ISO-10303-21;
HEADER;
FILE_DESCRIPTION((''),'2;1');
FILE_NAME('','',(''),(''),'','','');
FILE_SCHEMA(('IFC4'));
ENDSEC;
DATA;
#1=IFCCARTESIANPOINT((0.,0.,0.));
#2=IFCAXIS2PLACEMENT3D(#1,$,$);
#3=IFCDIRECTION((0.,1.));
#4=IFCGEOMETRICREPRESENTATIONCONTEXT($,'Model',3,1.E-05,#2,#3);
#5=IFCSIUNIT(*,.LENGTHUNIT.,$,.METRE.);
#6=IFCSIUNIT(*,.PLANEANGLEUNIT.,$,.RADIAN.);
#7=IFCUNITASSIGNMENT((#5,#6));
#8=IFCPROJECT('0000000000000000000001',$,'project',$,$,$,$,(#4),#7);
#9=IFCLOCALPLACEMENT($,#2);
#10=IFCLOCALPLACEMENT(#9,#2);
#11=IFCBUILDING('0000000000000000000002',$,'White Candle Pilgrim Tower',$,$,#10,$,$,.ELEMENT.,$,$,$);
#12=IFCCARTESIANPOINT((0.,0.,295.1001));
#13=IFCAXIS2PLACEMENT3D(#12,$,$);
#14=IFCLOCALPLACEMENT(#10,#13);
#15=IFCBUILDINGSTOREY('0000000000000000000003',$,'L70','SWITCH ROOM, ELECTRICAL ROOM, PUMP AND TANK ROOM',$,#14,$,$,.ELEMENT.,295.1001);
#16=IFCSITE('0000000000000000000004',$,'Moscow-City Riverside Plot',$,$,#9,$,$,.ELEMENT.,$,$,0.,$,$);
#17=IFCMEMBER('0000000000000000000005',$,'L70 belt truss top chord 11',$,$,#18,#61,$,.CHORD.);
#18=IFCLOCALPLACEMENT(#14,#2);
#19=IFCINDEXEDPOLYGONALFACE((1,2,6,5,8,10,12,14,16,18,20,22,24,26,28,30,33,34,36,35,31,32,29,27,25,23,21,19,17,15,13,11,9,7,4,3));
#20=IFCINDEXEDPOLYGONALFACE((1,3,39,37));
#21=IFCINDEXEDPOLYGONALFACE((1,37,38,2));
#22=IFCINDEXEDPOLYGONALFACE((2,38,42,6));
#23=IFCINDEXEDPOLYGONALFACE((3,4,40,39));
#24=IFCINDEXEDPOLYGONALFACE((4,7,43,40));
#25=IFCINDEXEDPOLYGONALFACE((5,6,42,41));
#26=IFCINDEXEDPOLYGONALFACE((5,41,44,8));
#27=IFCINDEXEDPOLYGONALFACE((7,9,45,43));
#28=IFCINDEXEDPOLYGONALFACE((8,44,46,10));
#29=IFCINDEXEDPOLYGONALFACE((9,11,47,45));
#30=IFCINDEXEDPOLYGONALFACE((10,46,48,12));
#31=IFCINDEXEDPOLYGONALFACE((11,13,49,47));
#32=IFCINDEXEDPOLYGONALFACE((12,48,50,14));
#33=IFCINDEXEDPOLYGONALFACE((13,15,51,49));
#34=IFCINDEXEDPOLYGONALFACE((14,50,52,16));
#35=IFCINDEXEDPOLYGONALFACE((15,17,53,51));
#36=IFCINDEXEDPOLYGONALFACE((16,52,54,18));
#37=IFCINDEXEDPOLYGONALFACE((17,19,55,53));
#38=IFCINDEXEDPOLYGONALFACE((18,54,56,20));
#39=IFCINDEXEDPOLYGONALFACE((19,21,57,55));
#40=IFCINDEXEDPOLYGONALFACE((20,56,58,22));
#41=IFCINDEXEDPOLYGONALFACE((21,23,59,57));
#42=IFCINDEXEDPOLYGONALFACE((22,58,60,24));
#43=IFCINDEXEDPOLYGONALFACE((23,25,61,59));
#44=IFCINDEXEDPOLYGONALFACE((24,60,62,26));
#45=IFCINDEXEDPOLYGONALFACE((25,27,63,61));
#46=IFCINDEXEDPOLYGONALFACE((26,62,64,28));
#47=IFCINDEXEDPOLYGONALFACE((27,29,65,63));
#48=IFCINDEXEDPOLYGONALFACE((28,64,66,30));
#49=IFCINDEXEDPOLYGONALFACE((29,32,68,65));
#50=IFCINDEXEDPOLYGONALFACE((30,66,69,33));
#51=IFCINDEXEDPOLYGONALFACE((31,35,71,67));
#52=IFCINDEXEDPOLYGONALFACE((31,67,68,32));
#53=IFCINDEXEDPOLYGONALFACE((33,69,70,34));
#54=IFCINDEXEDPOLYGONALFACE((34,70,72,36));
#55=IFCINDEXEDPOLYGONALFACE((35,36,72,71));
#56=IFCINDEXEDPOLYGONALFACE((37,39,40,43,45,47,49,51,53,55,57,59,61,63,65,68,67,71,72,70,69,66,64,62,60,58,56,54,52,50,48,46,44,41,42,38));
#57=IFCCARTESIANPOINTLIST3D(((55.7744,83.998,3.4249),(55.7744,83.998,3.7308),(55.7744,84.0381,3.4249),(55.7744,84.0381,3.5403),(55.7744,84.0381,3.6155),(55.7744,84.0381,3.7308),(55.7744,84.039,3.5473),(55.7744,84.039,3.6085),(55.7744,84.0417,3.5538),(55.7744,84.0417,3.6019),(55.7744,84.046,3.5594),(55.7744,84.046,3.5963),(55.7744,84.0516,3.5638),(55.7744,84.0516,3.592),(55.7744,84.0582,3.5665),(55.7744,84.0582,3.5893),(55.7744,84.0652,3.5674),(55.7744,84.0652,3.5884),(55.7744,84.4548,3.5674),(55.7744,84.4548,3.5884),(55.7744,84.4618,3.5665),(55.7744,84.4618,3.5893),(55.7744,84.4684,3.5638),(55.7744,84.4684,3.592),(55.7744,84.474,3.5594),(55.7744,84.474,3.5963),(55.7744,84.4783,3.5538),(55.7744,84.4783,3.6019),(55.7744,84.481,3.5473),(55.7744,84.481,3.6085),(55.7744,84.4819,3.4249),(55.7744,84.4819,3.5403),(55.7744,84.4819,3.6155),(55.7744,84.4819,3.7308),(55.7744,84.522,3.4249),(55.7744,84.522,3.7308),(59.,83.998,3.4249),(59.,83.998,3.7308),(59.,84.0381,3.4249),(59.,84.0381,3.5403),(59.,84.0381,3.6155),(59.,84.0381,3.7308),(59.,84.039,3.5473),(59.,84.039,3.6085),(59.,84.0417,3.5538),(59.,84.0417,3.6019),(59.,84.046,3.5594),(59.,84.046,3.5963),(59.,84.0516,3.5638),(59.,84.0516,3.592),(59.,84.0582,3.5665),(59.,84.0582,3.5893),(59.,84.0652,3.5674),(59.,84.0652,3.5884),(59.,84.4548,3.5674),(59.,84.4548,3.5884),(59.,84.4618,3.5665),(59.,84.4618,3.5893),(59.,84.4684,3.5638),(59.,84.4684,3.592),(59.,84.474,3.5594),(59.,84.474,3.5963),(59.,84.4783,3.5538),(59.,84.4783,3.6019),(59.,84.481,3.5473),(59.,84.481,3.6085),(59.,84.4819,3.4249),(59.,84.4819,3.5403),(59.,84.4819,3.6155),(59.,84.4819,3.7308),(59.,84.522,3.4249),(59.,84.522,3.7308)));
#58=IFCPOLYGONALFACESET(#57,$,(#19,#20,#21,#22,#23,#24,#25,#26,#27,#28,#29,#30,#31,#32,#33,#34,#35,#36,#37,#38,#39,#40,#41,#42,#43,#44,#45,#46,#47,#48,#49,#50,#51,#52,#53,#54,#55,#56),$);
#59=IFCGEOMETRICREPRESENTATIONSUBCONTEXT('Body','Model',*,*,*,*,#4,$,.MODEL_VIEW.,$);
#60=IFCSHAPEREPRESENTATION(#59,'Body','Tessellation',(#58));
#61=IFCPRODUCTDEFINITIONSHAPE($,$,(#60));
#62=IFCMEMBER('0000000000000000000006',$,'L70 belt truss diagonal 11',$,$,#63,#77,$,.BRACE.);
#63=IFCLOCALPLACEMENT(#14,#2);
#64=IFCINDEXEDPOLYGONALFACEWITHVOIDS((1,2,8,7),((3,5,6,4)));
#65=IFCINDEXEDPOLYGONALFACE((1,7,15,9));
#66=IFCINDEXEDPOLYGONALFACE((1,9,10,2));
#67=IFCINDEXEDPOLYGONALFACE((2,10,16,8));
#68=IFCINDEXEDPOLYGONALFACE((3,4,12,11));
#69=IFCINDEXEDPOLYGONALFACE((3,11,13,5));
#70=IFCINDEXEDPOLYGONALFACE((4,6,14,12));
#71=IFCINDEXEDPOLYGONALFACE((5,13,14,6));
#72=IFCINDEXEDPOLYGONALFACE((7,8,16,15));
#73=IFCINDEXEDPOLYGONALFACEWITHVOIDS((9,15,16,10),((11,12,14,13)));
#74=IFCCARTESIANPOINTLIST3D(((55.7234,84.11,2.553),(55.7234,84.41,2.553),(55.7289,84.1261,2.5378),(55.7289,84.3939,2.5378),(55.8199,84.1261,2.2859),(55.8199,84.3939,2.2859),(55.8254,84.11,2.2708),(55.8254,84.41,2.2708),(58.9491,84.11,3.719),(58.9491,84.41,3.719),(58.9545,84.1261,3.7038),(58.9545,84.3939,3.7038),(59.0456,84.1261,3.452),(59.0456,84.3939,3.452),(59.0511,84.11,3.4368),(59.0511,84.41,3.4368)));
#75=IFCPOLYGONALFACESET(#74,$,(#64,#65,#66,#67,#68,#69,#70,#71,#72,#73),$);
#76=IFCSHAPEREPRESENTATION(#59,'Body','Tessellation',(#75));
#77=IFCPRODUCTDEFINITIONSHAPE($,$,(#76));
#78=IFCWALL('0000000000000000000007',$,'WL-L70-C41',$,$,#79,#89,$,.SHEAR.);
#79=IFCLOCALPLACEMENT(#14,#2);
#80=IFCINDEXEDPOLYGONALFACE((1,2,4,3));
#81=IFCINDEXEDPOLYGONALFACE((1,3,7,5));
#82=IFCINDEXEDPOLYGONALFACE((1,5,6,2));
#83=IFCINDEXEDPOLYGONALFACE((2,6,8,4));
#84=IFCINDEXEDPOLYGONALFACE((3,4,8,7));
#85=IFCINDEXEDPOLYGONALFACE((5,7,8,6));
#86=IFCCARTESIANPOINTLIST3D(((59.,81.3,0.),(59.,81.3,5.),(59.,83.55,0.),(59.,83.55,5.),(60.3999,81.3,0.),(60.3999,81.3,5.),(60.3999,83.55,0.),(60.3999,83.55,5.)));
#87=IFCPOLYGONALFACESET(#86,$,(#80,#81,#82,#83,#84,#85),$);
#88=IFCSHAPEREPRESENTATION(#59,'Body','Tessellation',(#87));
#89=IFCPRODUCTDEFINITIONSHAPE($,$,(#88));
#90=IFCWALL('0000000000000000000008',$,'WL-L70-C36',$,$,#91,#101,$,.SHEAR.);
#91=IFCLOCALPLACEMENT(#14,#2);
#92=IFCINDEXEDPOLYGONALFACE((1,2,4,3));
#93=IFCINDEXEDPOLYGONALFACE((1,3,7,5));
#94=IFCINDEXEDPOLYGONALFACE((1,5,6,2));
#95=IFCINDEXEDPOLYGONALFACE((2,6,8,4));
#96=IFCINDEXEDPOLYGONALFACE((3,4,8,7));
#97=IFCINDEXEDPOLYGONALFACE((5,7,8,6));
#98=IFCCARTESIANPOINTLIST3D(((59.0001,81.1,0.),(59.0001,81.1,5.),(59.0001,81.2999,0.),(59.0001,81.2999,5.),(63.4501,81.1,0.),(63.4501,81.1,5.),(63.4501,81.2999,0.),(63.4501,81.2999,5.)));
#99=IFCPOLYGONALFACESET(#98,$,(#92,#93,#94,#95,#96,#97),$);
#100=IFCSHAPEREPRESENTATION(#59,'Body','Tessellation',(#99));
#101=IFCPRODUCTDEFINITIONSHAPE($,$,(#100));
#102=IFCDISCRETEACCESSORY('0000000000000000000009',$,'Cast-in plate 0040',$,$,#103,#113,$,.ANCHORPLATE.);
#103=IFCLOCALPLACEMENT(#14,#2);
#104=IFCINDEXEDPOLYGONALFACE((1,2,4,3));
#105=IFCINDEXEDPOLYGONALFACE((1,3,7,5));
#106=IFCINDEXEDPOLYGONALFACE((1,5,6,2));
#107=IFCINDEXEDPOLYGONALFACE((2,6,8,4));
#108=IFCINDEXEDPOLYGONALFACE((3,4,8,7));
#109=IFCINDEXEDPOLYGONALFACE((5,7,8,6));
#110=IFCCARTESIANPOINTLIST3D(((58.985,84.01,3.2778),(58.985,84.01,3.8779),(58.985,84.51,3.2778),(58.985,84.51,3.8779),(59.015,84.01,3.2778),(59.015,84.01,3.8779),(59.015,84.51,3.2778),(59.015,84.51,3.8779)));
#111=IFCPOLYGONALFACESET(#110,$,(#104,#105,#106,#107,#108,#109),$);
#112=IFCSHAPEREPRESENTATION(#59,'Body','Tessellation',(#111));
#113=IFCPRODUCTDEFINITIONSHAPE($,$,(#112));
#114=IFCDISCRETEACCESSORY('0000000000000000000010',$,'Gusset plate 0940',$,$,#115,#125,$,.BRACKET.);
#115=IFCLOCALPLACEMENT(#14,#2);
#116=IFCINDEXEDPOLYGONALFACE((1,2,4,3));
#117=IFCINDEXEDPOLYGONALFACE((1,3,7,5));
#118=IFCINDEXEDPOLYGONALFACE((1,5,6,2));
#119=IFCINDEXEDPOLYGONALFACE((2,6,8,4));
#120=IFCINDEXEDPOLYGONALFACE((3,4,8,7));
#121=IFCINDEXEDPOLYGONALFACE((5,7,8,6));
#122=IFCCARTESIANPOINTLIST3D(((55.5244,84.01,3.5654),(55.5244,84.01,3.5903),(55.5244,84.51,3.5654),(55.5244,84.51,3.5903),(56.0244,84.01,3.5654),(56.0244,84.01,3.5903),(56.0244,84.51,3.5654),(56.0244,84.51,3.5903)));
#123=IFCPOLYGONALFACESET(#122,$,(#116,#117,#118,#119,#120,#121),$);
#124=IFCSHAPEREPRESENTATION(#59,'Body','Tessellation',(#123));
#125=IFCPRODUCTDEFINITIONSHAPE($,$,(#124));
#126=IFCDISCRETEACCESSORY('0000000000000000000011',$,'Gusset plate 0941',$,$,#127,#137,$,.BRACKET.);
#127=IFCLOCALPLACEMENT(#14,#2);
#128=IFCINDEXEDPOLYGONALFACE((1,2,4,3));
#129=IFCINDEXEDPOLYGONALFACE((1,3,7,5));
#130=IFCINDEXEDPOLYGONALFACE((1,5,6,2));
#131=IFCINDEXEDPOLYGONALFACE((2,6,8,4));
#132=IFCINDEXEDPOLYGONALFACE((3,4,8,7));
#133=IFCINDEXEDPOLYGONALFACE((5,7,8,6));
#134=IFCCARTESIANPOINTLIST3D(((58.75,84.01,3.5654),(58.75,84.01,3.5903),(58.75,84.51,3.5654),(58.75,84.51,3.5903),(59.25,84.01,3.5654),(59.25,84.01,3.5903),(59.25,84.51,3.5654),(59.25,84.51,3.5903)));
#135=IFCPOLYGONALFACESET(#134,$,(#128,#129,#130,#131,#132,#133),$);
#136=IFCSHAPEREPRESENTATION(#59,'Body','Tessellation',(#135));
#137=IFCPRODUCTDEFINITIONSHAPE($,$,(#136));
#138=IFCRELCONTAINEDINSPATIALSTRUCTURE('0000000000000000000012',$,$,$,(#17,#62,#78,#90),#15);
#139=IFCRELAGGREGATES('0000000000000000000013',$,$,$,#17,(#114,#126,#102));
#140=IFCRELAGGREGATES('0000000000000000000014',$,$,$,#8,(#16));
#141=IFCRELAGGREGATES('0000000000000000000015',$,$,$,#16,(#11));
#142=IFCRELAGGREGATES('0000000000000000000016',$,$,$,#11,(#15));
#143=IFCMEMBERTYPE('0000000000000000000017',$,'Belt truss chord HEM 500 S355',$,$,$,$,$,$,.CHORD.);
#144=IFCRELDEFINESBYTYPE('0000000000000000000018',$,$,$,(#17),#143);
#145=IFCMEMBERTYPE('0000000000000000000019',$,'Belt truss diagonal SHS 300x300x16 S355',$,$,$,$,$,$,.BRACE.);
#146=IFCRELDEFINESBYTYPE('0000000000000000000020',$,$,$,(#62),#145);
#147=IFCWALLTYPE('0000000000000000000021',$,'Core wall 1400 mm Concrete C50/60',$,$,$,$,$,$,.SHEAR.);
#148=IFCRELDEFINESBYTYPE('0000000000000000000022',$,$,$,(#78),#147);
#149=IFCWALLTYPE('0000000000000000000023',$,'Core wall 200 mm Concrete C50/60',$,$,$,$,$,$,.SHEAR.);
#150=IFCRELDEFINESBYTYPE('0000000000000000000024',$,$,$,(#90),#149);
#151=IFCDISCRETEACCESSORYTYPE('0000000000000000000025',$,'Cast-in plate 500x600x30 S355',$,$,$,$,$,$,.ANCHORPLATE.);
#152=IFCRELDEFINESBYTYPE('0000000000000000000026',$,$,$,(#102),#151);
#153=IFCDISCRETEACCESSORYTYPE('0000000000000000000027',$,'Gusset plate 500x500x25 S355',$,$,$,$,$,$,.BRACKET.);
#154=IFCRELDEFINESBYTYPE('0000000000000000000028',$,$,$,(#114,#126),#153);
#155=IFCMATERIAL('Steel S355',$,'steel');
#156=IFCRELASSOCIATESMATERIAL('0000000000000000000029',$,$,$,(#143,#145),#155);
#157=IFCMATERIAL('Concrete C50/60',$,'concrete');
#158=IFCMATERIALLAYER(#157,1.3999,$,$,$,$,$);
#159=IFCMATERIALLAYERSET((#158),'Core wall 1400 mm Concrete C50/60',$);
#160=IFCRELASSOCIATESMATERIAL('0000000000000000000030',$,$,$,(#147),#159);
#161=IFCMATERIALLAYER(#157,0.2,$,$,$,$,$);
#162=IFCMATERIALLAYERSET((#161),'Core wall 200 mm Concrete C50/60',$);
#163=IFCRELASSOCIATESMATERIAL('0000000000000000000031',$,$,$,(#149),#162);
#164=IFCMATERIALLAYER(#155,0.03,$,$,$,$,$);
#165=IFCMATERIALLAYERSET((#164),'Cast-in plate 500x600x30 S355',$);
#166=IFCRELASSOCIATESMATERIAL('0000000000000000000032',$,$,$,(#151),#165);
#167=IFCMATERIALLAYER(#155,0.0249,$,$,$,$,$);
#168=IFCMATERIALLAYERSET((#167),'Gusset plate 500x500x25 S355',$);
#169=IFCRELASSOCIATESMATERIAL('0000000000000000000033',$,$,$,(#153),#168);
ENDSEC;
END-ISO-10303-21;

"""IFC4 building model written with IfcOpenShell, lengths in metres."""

from ifc_helpers import new_model, si_unit, direction, frame, frame_2d, origin, origin_2d, place, context, subcontext, project, spatial, rectangle, hollow_rectangle, i_section, extrude, material, layer, layer_set, material_profile, profile_set, type_object, element, aggregate, save


model = new_model("IFC4")

# Units and contexts
model_context = context("Model", 3, precision=1e-05, world=origin(), true_north=direction((0.0, 1.0)))
body_context = subcontext(model_context, "Body", "Model", "MODEL_VIEW")
ifc_project = project(units=[si_unit("LENGTHUNIT", "METRE"), si_unit("PLANEANGLEUNIT", "RADIAN")], contexts=[model_context])

# Site, building, storey
site_placement = place(None, origin())
site = spatial("IfcSite", under=ifc_project, at=site_placement, Name="Moscow-City Riverside Plot", CompositionType="ELEMENT", RefElevation=0.0)
building_placement = place(site_placement, origin())
building = spatial("IfcBuilding", under=site, at=building_placement, Name="White Candle Pilgrim Tower", CompositionType="ELEMENT")
storey_placement = place(building_placement, frame((0.0, 0.0, 295.1001)))
storey = spatial("IfcBuildingStorey", under=building, at=storey_placement, Name="L70", Description="SWITCH ROOM, ELECTRICAL ROOM, PUMP AND TANK ROOM", CompositionType="ELEMENT", Elevation=295.1001)

# Members
ifc_material_1 = material(Name="Steel S355", Category="steel")
ifc_material_profile_1 = material_profile(ifc_material_1, i_section(OverallWidth=0.3059, OverallDepth=0.5239, WebThickness=0.021, FlangeThickness=0.04, FilletRadius=0.0271, at=origin_2d()), Name="HEM 500")
ifc_profile_set_1 = profile_set([ifc_material_profile_1], Name="Steel S355")
member_type_1 = type_object("IfcMemberType", Name="Belt truss chord HEM 500 S355", PredefinedType="CHORD", material=ifc_profile_set_1)
member_1_placement = place(storey_placement, frame((55.7744, 84.26, 3.5779), z_axis=(1.0, 0.0, 0.0), x_axis=(0.0, 0.0, 1.0)))
member_1 = element("IfcMember", 1, at=member_1_placement, inside=storey, type_object=member_type_1, Name="L70 belt truss top chord 11", PredefinedType="CHORD", context=body_context, shape_type="SweptSolid", body=[
    extrude(i_section(OverallWidth=0.3059, OverallDepth=0.5239, WebThickness=0.021, FlangeThickness=0.04, FilletRadius=0.0271, at=origin_2d()), origin(), (0.0, 0.0, 1.0), 3.2256),
])
ifc_material_profile_2 = material_profile(ifc_material_1, hollow_rectangle(XDim=0.3, YDim=0.3, WallThickness=0.0161, at=origin_2d()), Name="SHS 300x300x16")
ifc_profile_set_2 = profile_set([ifc_material_profile_2], Name="Steel S355")
member_type_2 = type_object("IfcMemberType", Name="Belt truss diagonal SHS 300x300x16 S355", PredefinedType="BRACE", material=ifc_profile_set_2)
member_2_placement = place(storey_placement, frame((55.7744, 84.26, 2.4119), z_axis=(0.94044, 0.0, 0.339959), x_axis=(0.0, 1.0, 0.0)))
element("IfcMember", 2, at=member_2_placement, inside=storey, type_object=member_type_2, Name="L70 belt truss diagonal 11", PredefinedType="BRACE", context=body_context, shape_type="SweptSolid", body=[
    extrude(hollow_rectangle(XDim=0.3, YDim=0.3, WallThickness=0.0161, at=origin_2d()), origin(), (0.0, 0.0, 1.0), 3.4299),
])

# Walls
ifc_material_2 = material(Name="Concrete C50/60", Category="concrete")
ifc_layer_1 = layer(ifc_material_2, 1.3999)
ifc_layer_set_1 = layer_set([ifc_layer_1], Name="Core wall 1400 mm Concrete C50/60")
wall_type_1 = type_object("IfcWallType", Name="Core wall 1400 mm Concrete C50/60", PredefinedType="SHEAR", material=ifc_layer_set_1)
wall_1_placement = place(storey_placement, frame((59.7, 81.3, 0.0), z_axis=(0.0, 0.0, 1.0), x_axis=(0.0, 1.0, 0.0)))
element("IfcWall", 3, at=wall_1_placement, inside=storey, type_object=wall_type_1, Name="WL-L70-C41", PredefinedType="SHEAR", context=body_context, shape_type="SweptSolid", body=[
    extrude(rectangle(XDim=2.25, YDim=1.3999, at=frame_2d((1.125, 0.0))), origin(), (0.0, 0.0, 1.0), 5.0),
])
ifc_layer_2 = layer(ifc_material_2, 0.2)
ifc_layer_set_2 = layer_set([ifc_layer_2], Name="Core wall 200 mm Concrete C50/60")
wall_type_2 = type_object("IfcWallType", Name="Core wall 200 mm Concrete C50/60", PredefinedType="SHEAR", material=ifc_layer_set_2)
wall_2_placement = place(storey_placement, frame((59.0, 81.2, 0.0), z_axis=(0.0, 0.0, 1.0), x_axis=(1.0, 0.0, 0.0)))
element("IfcWall", 4, at=wall_2_placement, inside=storey, type_object=wall_type_2, Name="WL-L70-C36", PredefinedType="SHEAR", context=body_context, shape_type="SweptSolid", body=[
    extrude(rectangle(XDim=4.45, YDim=0.2, at=frame_2d((2.2251, 0.0))), origin(), (0.0, 0.0, 1.0), 5.0),
])

# Discrete accessories
ifc_layer_3 = layer(ifc_material_1, 0.03)
ifc_layer_set_3 = layer_set([ifc_layer_3], Name="Cast-in plate 500x600x30 S355")
discrete_accessory_type_1 = type_object("IfcDiscreteAccessoryType", Name="Cast-in plate 500x600x30 S355", PredefinedType="ANCHORPLATE", material=ifc_layer_set_3)
discrete_accessory_1_placement = place(storey_placement, frame((59.0, 84.26, 3.2778), z_axis=(0.0, 0.0, 1.0), x_axis=(-1.0, 0.0, 0.0)))
discrete_accessory_1 = element("IfcDiscreteAccessory", 5, at=discrete_accessory_1_placement, type_object=discrete_accessory_type_1, Name="Cast-in plate 0040", PredefinedType="ANCHORPLATE", context=body_context, shape_type="SweptSolid", body=[
    extrude(rectangle(XDim=0.03, YDim=0.5, at=origin_2d()), origin(), (0.0, 0.0, 1.0), 0.6001),
])
ifc_layer_4 = layer(ifc_material_1, 0.0249)
ifc_layer_set_4 = layer_set([ifc_layer_4], Name="Gusset plate 500x500x25 S355")
discrete_accessory_type_2 = type_object("IfcDiscreteAccessoryType", Name="Gusset plate 500x500x25 S355", PredefinedType="BRACKET", material=ifc_layer_set_4)
discrete_accessory_2_placement = place(storey_placement, frame((55.7744, 84.26, 3.5654), z_axis=(0.0, 0.0, 1.0), x_axis=(1.0, 0.0, 0.0)))
discrete_accessory_2 = element("IfcDiscreteAccessory", 6, at=discrete_accessory_2_placement, type_object=discrete_accessory_type_2, Name="Gusset plate 0940", PredefinedType="BRACKET", context=body_context, shape_type="SweptSolid", body=[
    extrude(rectangle(XDim=0.5, YDim=0.5, at=origin_2d()), origin(), (0.0, 0.0, 1.0), 0.0249),
])
discrete_accessory_3_placement = place(storey_placement, frame((59.0, 84.26, 3.5654), z_axis=(0.0, 0.0, 1.0), x_axis=(1.0, 0.0, 0.0)))
discrete_accessory_3 = element("IfcDiscreteAccessory", 7, at=discrete_accessory_3_placement, type_object=discrete_accessory_type_2, Name="Gusset plate 0941", PredefinedType="BRACKET", context=body_context, shape_type="SweptSolid", body=[
    extrude(rectangle(XDim=0.5, YDim=0.5, at=origin_2d()), origin(), (0.0, 0.0, 1.0), 0.0249),
])
aggregate(member_1, [discrete_accessory_2, discrete_accessory_3, discrete_accessory_1])

save(model, "model.ifc")
